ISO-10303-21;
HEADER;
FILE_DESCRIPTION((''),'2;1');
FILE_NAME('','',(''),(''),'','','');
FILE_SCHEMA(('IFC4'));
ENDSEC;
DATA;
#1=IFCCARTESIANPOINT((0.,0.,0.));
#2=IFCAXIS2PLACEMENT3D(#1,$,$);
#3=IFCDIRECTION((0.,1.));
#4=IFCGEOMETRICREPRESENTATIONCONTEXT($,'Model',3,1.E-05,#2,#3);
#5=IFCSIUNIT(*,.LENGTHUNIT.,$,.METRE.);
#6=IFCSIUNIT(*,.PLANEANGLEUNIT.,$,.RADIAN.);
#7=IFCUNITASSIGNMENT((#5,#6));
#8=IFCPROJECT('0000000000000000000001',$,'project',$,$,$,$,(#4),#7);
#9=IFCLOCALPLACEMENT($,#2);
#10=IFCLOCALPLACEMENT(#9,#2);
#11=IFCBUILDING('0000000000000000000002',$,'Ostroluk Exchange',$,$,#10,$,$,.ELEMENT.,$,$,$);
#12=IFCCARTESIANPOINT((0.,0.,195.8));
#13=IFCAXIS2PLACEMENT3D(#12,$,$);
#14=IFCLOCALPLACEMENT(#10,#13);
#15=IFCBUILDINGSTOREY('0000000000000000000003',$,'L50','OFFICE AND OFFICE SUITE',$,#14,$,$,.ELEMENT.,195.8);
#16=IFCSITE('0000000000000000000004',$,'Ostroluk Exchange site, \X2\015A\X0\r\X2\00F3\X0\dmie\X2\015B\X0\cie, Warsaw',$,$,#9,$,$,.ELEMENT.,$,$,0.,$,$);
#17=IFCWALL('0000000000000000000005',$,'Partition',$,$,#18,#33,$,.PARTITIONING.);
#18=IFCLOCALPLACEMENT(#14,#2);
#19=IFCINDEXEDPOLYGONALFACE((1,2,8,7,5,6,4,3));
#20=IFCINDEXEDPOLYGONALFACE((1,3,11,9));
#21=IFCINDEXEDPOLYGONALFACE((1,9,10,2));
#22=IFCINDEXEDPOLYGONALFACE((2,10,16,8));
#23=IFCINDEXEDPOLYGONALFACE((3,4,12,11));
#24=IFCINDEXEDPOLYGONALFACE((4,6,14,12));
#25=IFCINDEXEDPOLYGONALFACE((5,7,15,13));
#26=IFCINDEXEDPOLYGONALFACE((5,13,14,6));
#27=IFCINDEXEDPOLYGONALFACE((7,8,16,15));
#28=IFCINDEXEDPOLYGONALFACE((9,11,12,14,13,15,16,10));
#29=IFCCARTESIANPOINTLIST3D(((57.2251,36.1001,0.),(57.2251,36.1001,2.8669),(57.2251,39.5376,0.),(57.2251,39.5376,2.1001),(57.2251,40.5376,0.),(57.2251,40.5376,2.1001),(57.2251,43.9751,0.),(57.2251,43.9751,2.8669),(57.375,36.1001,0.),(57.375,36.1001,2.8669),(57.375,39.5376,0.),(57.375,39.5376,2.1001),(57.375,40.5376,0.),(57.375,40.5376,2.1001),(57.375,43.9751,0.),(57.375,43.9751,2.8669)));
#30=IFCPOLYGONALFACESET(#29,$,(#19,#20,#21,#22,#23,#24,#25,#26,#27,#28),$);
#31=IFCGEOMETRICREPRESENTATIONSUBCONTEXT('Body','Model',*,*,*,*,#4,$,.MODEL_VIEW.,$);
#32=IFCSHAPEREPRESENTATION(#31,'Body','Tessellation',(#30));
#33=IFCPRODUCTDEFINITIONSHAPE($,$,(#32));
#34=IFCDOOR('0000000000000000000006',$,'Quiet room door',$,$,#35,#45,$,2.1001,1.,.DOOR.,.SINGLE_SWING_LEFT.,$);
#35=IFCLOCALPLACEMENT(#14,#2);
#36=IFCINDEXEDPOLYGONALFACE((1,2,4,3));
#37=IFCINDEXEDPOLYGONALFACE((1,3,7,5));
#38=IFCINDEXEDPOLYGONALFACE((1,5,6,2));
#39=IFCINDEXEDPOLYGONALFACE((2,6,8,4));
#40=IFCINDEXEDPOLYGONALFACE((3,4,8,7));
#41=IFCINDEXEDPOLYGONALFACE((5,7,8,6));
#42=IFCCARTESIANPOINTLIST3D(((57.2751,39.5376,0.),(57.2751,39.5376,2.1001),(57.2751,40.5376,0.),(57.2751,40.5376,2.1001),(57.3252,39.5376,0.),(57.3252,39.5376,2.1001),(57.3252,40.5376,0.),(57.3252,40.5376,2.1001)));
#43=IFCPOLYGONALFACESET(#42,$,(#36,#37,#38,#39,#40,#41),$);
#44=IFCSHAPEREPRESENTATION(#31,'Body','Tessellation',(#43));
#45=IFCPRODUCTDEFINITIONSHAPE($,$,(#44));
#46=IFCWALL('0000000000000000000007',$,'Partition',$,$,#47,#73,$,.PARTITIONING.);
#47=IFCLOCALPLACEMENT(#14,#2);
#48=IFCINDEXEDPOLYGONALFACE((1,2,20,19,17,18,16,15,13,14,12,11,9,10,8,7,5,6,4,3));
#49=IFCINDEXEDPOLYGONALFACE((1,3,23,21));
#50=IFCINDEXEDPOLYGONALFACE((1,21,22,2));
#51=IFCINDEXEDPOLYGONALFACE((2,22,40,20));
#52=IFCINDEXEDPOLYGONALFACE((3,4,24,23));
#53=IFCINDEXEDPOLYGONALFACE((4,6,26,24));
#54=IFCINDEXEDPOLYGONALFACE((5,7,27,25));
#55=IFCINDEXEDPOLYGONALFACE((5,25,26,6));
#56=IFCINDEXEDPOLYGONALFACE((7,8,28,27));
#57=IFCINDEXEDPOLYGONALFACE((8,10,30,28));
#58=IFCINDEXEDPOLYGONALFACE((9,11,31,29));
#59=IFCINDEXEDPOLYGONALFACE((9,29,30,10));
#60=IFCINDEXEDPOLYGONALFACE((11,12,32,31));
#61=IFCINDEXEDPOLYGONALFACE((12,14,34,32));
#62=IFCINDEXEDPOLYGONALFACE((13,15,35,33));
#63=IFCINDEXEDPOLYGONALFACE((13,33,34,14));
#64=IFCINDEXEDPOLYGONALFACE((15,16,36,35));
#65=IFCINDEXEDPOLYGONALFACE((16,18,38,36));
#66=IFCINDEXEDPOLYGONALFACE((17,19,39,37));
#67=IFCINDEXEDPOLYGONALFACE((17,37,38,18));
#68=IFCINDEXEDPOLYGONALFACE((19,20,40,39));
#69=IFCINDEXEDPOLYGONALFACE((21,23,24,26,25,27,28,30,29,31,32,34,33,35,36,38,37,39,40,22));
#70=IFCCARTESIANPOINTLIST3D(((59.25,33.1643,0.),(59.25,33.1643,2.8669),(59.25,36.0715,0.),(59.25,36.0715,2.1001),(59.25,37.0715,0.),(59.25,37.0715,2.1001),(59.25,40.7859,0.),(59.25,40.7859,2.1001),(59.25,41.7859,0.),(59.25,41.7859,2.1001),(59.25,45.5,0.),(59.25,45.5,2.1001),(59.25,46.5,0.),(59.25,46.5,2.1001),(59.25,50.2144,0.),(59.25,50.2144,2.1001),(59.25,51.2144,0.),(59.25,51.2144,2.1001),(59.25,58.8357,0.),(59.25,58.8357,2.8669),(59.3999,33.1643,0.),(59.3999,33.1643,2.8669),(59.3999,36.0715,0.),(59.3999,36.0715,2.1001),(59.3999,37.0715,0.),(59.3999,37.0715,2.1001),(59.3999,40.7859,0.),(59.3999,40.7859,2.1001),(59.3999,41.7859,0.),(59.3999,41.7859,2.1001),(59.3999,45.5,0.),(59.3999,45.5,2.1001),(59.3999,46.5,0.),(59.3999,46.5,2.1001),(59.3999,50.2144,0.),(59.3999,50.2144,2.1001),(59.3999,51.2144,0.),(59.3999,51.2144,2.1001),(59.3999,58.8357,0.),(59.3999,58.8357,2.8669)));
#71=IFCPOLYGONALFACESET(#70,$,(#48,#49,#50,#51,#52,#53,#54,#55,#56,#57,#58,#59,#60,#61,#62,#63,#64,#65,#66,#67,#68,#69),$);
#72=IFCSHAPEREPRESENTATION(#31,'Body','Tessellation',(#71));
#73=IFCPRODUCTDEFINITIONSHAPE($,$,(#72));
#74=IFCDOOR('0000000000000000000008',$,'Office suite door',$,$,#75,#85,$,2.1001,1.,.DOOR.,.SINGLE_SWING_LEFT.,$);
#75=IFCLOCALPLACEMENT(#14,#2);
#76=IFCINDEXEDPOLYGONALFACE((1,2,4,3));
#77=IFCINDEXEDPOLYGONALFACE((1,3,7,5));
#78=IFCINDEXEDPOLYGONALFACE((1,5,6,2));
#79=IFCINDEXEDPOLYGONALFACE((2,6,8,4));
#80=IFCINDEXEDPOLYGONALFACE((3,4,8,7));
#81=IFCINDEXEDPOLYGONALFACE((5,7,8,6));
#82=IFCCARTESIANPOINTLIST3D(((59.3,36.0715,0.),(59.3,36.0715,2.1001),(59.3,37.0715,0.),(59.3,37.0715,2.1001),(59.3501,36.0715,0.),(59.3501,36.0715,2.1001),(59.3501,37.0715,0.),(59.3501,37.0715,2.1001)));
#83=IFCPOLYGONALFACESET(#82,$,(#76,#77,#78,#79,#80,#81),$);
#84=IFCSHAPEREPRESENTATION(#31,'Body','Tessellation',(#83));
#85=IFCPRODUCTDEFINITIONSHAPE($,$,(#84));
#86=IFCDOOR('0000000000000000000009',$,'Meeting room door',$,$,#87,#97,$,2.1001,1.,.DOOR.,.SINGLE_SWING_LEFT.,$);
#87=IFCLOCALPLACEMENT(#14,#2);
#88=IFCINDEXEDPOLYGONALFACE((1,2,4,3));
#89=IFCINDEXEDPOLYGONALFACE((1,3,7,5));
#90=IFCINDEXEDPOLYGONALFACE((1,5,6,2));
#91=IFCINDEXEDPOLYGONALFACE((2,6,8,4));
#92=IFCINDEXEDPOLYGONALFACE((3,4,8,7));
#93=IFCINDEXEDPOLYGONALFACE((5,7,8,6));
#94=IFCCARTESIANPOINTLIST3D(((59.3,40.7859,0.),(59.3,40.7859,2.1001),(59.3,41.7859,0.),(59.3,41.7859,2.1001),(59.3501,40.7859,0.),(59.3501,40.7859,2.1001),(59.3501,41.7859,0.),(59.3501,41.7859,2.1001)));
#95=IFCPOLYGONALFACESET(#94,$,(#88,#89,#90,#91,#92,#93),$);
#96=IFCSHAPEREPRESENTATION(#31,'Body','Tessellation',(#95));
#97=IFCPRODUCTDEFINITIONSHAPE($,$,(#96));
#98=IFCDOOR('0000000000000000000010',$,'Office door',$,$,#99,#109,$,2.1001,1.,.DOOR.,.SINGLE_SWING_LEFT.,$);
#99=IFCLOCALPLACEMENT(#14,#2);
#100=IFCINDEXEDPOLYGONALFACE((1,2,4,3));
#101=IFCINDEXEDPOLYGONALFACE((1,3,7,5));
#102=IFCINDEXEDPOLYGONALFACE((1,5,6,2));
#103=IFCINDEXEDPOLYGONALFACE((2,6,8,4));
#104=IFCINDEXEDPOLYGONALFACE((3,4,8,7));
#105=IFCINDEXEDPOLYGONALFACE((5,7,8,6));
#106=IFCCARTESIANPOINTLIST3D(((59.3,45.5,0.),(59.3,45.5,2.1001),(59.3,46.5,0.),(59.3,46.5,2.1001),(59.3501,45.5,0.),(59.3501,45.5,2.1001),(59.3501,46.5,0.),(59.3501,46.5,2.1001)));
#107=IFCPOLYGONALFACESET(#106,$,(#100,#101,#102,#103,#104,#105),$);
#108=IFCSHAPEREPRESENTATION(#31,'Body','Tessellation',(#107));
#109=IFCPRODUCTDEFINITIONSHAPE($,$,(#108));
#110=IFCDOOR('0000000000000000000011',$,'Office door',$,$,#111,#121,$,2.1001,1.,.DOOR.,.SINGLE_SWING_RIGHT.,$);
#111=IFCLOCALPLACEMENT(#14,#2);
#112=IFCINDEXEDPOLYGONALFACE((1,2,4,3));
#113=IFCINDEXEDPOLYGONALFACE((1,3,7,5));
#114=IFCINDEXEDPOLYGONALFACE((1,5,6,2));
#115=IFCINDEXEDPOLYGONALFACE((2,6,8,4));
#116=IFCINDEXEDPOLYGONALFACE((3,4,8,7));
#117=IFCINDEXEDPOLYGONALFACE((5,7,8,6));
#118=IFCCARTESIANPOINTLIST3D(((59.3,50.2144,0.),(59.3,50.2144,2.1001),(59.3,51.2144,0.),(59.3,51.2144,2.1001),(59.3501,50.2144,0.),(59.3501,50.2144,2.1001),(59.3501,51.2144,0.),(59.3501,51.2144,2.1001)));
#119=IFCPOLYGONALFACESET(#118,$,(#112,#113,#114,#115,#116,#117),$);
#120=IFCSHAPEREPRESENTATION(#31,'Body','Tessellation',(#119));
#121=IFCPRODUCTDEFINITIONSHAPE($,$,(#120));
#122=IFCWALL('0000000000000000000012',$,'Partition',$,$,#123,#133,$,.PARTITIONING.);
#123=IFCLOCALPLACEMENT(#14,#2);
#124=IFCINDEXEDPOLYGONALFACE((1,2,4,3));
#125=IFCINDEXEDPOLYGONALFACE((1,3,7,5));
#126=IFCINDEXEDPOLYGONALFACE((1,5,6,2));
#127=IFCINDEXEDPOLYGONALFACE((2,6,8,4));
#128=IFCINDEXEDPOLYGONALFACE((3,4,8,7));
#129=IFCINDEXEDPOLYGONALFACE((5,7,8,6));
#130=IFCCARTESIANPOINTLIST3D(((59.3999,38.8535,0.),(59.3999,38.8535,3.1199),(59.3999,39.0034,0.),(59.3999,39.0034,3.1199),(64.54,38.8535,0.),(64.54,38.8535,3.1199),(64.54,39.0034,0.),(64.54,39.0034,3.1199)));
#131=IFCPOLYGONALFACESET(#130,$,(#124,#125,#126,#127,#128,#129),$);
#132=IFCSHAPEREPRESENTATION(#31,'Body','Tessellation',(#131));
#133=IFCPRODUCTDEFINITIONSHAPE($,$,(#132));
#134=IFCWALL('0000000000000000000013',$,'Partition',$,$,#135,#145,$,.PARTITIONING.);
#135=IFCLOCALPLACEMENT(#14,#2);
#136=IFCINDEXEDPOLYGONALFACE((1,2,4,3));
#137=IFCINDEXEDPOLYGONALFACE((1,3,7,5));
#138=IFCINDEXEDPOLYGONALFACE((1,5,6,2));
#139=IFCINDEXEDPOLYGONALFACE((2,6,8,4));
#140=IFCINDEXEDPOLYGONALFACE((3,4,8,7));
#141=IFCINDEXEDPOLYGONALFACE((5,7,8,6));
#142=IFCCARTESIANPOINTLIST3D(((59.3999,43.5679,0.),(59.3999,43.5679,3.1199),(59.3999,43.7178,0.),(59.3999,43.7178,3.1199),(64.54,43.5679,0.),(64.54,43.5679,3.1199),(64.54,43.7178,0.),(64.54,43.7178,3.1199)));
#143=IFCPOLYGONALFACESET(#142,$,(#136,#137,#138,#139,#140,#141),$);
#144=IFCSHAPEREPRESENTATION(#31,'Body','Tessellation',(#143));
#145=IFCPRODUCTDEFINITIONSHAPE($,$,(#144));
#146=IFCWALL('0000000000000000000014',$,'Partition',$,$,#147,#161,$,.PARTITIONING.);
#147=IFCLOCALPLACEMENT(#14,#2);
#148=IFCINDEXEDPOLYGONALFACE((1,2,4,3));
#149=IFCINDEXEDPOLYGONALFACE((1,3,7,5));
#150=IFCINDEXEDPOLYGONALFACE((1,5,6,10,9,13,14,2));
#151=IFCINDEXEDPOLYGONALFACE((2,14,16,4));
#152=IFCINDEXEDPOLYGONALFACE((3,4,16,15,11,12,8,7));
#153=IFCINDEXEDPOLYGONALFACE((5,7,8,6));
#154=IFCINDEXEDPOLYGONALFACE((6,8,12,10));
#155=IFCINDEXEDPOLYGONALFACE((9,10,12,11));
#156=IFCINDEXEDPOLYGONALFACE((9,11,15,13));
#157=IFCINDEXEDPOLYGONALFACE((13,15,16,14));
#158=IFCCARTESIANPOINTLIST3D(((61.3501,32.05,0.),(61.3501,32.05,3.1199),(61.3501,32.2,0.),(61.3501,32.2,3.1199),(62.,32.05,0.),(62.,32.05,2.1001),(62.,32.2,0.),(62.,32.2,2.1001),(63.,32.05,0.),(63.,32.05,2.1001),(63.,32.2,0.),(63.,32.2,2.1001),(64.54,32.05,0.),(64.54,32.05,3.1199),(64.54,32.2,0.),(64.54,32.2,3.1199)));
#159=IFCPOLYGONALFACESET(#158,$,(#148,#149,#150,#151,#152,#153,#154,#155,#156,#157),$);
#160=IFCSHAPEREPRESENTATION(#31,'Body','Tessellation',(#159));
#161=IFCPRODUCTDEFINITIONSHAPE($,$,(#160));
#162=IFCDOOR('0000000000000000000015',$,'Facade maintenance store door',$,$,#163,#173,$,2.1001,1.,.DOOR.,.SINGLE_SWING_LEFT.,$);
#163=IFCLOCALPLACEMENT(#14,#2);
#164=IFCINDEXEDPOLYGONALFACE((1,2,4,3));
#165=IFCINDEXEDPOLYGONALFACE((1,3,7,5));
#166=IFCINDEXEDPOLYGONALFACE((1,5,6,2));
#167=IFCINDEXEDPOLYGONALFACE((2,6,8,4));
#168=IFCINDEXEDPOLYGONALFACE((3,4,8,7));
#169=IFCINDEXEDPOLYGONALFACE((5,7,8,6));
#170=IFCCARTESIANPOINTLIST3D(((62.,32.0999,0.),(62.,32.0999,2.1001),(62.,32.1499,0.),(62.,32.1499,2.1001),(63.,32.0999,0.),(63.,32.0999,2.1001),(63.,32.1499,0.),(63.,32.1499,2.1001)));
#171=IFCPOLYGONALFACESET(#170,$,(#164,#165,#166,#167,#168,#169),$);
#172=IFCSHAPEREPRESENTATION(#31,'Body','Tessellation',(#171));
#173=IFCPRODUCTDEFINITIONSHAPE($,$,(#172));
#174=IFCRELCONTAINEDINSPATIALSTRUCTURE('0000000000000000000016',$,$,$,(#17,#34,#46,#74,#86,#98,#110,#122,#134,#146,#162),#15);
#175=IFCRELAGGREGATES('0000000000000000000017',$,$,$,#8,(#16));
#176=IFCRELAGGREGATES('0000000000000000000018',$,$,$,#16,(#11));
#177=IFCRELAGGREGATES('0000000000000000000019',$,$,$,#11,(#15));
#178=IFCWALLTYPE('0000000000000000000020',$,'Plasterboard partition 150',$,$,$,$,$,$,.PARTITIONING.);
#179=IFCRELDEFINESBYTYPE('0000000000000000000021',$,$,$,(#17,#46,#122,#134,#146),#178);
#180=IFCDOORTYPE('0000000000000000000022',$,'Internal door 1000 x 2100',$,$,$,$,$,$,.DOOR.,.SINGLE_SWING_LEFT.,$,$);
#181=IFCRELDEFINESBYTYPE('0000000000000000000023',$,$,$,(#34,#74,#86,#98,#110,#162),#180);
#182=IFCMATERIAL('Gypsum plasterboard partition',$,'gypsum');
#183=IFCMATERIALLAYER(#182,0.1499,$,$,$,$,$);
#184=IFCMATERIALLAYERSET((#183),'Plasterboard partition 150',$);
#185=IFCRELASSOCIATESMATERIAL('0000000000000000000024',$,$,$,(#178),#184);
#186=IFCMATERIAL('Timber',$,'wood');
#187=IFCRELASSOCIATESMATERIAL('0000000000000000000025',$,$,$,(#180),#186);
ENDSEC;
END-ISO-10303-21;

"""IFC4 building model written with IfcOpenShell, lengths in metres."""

from ifc_helpers import new_model, si_unit, direction, frame, frame_2d, origin, place, context, subcontext, project, spatial, rectangle, extrude, material, layer, layer_set, type_object, element, fill, save


model = new_model("IFC4")

# Units and contexts
model_context = context("Model", 3, precision=1e-05, world=origin(), true_north=direction((0.0, 1.0)))
body_context = subcontext(model_context, "Body", "Model", "MODEL_VIEW")
ifc_project = project(units=[si_unit("LENGTHUNIT", "METRE"), si_unit("PLANEANGLEUNIT", "RADIAN")], contexts=[model_context])

# Site, building, storey
site_placement = place(None, origin())
site = spatial("IfcSite", under=ifc_project, at=site_placement, Name="Ostroluk Exchange site, Śródmieście, Warsaw", CompositionType="ELEMENT", RefElevation=0.0)
building_placement = place(site_placement, origin())
building = spatial("IfcBuilding", under=site, at=building_placement, Name="Ostroluk Exchange", CompositionType="ELEMENT")
storey_placement = place(building_placement, frame((0.0, 0.0, 195.8)))
storey = spatial("IfcBuildingStorey", under=building, at=storey_placement, Name="L50", Description="OFFICE AND OFFICE SUITE", CompositionType="ELEMENT", Elevation=195.8)

# Wall, opening, door
ifc_material_1 = material(Name="Gypsum plasterboard partition", Category="gypsum")
ifc_layer_1 = layer(ifc_material_1, 0.1499)
ifc_layer_set_1 = layer_set([ifc_layer_1], Name="Plasterboard partition 150")
wall_type = type_object("IfcWallType", Name="Plasterboard partition 150", PredefinedType="PARTITIONING", material=ifc_layer_set_1)
wall_1_placement = place(storey_placement, frame((57.3, 36.1001, 0.0), z_axis=(0.0, 0.0, 1.0), x_axis=(0.0, 1.0, 0.0)))
wall_1 = element("IfcWall", 1, at=wall_1_placement, inside=storey, type_object=wall_type, Name="Partition", PredefinedType="PARTITIONING", context=body_context, shape_type="SweptSolid", body=[
    extrude(rectangle(XDim=7.875, YDim=0.1499, at=frame_2d((3.9375, 0.0))), origin(), (0.0, 0.0, 1.0), 2.8669),
])
opening_1_placement = place(wall_1_placement, frame((3.4375, 0.0, 0.0)))
opening_1 = element("IfcOpeningElement", 2, at=opening_1_placement, cuts=wall_1, PredefinedType="OPENING", context=body_context, shape_type="SweptSolid", body=[
    extrude(rectangle(XDim=1.0, YDim=2.1001, at=frame_2d((0.5, 1.05))), frame((0.0, 0.085, 0.0), z_axis=(0.0, -1.0, 0.0), x_axis=(1.0, 0.0, 0.0)), (0.0, 0.0, 1.0), 0.1699),
])
ifc_material_2 = material(Name="Timber", Category="wood")
door_type = type_object("IfcDoorType", Name="Internal door 1000 x 2100", OperationType="SINGLE_SWING_LEFT", PredefinedType="DOOR", material=ifc_material_2)
door_1_placement = place(opening_1_placement, origin())
door_1 = element("IfcDoor", 3, at=door_1_placement, inside=storey, type_object=door_type, Name="Quiet room door", OperationType="SINGLE_SWING_LEFT", OverallHeight=2.1001, OverallWidth=1.0, PredefinedType="DOOR", context=body_context, shape_type="SweptSolid", body=[
    extrude(rectangle(XDim=1.0, YDim=2.1001, at=frame_2d((0.5, 1.05))), frame((0.0, 0.0249, 0.0), z_axis=(0.0, -1.0, 0.0), x_axis=(1.0, 0.0, 0.0)), (0.0, 0.0, 1.0), 0.05),
])
fill(opening_1, door_1)

# Wall, openings, doors
wall_2_placement = place(storey_placement, frame((59.325, 33.1643, 0.0), z_axis=(0.0, 0.0, 1.0), x_axis=(0.0, 1.0, 0.0)))
wall_2 = element("IfcWall", 4, at=wall_2_placement, inside=storey, type_object=wall_type, Name="Partition", PredefinedType="PARTITIONING", context=body_context, shape_type="SweptSolid", body=[
    extrude(rectangle(XDim=25.6714, YDim=0.1499, at=frame_2d((12.8357, 0.0))), origin(), (0.0, 0.0, 1.0), 2.8669),
])
opening_2_placement = place(wall_2_placement, frame((2.9072, 0.0, 0.0)))
opening_2 = element("IfcOpeningElement", 5, at=opening_2_placement, cuts=wall_2, PredefinedType="OPENING", context=body_context, shape_type="SweptSolid", body=[
    extrude(rectangle(XDim=1.0, YDim=2.1001, at=frame_2d((0.5, 1.05))), frame((0.0, 0.085, 0.0), z_axis=(0.0, -1.0, 0.0), x_axis=(1.0, 0.0, 0.0)), (0.0, 0.0, 1.0), 0.1699),
])
opening_3_placement = place(wall_2_placement, frame((7.6216, 0.0, 0.0)))
opening_3 = element("IfcOpeningElement", 6, at=opening_3_placement, cuts=wall_2, PredefinedType="OPENING", context=body_context, shape_type="SweptSolid", body=[
    extrude(rectangle(XDim=1.0, YDim=2.1001, at=frame_2d((0.5, 1.05))), frame((0.0, 0.085, 0.0), z_axis=(0.0, -1.0, 0.0), x_axis=(1.0, 0.0, 0.0)), (0.0, 0.0, 1.0), 0.1699),
])
opening_4_placement = place(wall_2_placement, frame((12.3357, 0.0, 0.0)))
opening_4 = element("IfcOpeningElement", 7, at=opening_4_placement, cuts=wall_2, PredefinedType="OPENING", context=body_context, shape_type="SweptSolid", body=[
    extrude(rectangle(XDim=1.0, YDim=2.1001, at=frame_2d((0.5, 1.05))), frame((0.0, 0.085, 0.0), z_axis=(0.0, -1.0, 0.0), x_axis=(1.0, 0.0, 0.0)), (0.0, 0.0, 1.0), 0.1699),
])
opening_5_placement = place(wall_2_placement, frame((17.05, 0.0, 0.0)))
opening_5 = element("IfcOpeningElement", 8, at=opening_5_placement, cuts=wall_2, PredefinedType="OPENING", context=body_context, shape_type="SweptSolid", body=[
    extrude(rectangle(XDim=1.0, YDim=2.1001, at=frame_2d((0.5, 1.05))), frame((0.0, 0.085, 0.0), z_axis=(0.0, -1.0, 0.0), x_axis=(1.0, 0.0, 0.0)), (0.0, 0.0, 1.0), 0.1699),
])
door_2_placement = place(opening_2_placement, origin())
door_2 = element("IfcDoor", 9, at=door_2_placement, inside=storey, type_object=door_type, Name="Office suite door", OperationType="SINGLE_SWING_LEFT", OverallHeight=2.1001, OverallWidth=1.0, PredefinedType="DOOR", context=body_context, shape_type="SweptSolid", body=[
    extrude(rectangle(XDim=1.0, YDim=2.1001, at=frame_2d((0.5, 1.05))), frame((0.0, 0.0249, 0.0), z_axis=(0.0, -1.0, 0.0), x_axis=(1.0, 0.0, 0.0)), (0.0, 0.0, 1.0), 0.05),
])
fill(opening_2, door_2)
door_3_placement = place(opening_3_placement, origin())
door_3 = element("IfcDoor", 10, at=door_3_placement, inside=storey, type_object=door_type, Name="Meeting room door", OperationType="SINGLE_SWING_LEFT", OverallHeight=2.1001, OverallWidth=1.0, PredefinedType="DOOR", context=body_context, shape_type="SweptSolid", body=[
    extrude(rectangle(XDim=1.0, YDim=2.1001, at=frame_2d((0.5, 1.05))), frame((0.0, 0.0249, 0.0), z_axis=(0.0, -1.0, 0.0), x_axis=(1.0, 0.0, 0.0)), (0.0, 0.0, 1.0), 0.05),
])
fill(opening_3, door_3)
door_4_placement = place(opening_4_placement, origin())
door_4 = element("IfcDoor", 11, at=door_4_placement, inside=storey, type_object=door_type, Name="Office door", OperationType="SINGLE_SWING_LEFT", OverallHeight=2.1001, OverallWidth=1.0, PredefinedType="DOOR", context=body_context, shape_type="SweptSolid", body=[
    extrude(rectangle(XDim=1.0, YDim=2.1001, at=frame_2d((0.5, 1.05))), frame((0.0, 0.0249, 0.0), z_axis=(0.0, -1.0, 0.0), x_axis=(1.0, 0.0, 0.0)), (0.0, 0.0, 1.0), 0.05),
])
fill(opening_4, door_4)
door_5_placement = place(opening_5_placement, origin())
door_5 = element("IfcDoor", 12, at=door_5_placement, inside=storey, type_object=door_type, Name="Office door", OperationType="SINGLE_SWING_RIGHT", OverallHeight=2.1001, OverallWidth=1.0, PredefinedType="DOOR", context=body_context, shape_type="SweptSolid", body=[
    extrude(rectangle(XDim=1.0, YDim=2.1001, at=frame_2d((0.5, 1.05))), frame((0.0, 0.0249, 0.0), z_axis=(0.0, -1.0, 0.0), x_axis=(1.0, 0.0, 0.0)), (0.0, 0.0, 1.0), 0.05),
])
fill(opening_5, door_5)

# Walls
for number, where, z_axis, x_axis, name in (
    (13, (59.3999, 38.9285, 0.0), (0.0, 0.0, 1.0), (1.0, 0.0, 0.0), "Partition"),
    (14, (59.3999, 43.6428, 0.0), (0.0, 0.0, 1.0), (1.0, 0.0, 0.0), "Partition"),
):
    element("IfcWall", number, at=place(storey_placement, frame(where, z_axis=z_axis, x_axis=x_axis)), inside=storey, type_object=wall_type, Name=name, PredefinedType="PARTITIONING", context=body_context, shape_type="SweptSolid", body=[
        extrude(rectangle(XDim=5.1401, YDim=0.1499, at=frame_2d((2.5701, 0.0))), origin(), (0.0, 0.0, 1.0), 3.1199),
    ])

# Wall, opening, door
wall_3_placement = place(storey_placement, frame((61.3501, 32.125, 0.0), z_axis=(0.0, 0.0, 1.0), x_axis=(1.0, 0.0, 0.0)))
wall_3 = element("IfcWall", 15, at=wall_3_placement, inside=storey, type_object=wall_type, Name="Partition", PredefinedType="PARTITIONING", context=body_context, shape_type="SweptSolid", body=[
    extrude(rectangle(XDim=3.1899, YDim=0.1499, at=frame_2d((1.595, 0.0))), origin(), (0.0, 0.0, 1.0), 3.1199),
])
opening_6_placement = place(wall_3_placement, frame((0.6499, 0.0, 0.0)))
opening_6 = element("IfcOpeningElement", 16, at=opening_6_placement, cuts=wall_3, PredefinedType="OPENING", context=body_context, shape_type="SweptSolid", body=[
    extrude(rectangle(XDim=1.0, YDim=2.1001, at=frame_2d((0.5, 1.05))), frame((0.0, 0.085, 0.0), z_axis=(0.0, -1.0, 0.0), x_axis=(1.0, 0.0, 0.0)), (0.0, 0.0, 1.0), 0.1699),
])
door_6_placement = place(opening_6_placement, origin())
door_6 = element("IfcDoor", 17, at=door_6_placement, inside=storey, type_object=door_type, Name="Facade maintenance store door", OperationType="SINGLE_SWING_LEFT", OverallHeight=2.1001, OverallWidth=1.0, PredefinedType="DOOR", context=body_context, shape_type="SweptSolid", body=[
    extrude(rectangle(XDim=1.0, YDim=2.1001, at=frame_2d((0.5, 1.05))), frame((0.0, 0.0249, 0.0), z_axis=(0.0, -1.0, 0.0), x_axis=(1.0, 0.0, 0.0)), (0.0, 0.0, 1.0), 0.05),
])
fill(opening_6, door_6)

save(model, "model.ifc")
